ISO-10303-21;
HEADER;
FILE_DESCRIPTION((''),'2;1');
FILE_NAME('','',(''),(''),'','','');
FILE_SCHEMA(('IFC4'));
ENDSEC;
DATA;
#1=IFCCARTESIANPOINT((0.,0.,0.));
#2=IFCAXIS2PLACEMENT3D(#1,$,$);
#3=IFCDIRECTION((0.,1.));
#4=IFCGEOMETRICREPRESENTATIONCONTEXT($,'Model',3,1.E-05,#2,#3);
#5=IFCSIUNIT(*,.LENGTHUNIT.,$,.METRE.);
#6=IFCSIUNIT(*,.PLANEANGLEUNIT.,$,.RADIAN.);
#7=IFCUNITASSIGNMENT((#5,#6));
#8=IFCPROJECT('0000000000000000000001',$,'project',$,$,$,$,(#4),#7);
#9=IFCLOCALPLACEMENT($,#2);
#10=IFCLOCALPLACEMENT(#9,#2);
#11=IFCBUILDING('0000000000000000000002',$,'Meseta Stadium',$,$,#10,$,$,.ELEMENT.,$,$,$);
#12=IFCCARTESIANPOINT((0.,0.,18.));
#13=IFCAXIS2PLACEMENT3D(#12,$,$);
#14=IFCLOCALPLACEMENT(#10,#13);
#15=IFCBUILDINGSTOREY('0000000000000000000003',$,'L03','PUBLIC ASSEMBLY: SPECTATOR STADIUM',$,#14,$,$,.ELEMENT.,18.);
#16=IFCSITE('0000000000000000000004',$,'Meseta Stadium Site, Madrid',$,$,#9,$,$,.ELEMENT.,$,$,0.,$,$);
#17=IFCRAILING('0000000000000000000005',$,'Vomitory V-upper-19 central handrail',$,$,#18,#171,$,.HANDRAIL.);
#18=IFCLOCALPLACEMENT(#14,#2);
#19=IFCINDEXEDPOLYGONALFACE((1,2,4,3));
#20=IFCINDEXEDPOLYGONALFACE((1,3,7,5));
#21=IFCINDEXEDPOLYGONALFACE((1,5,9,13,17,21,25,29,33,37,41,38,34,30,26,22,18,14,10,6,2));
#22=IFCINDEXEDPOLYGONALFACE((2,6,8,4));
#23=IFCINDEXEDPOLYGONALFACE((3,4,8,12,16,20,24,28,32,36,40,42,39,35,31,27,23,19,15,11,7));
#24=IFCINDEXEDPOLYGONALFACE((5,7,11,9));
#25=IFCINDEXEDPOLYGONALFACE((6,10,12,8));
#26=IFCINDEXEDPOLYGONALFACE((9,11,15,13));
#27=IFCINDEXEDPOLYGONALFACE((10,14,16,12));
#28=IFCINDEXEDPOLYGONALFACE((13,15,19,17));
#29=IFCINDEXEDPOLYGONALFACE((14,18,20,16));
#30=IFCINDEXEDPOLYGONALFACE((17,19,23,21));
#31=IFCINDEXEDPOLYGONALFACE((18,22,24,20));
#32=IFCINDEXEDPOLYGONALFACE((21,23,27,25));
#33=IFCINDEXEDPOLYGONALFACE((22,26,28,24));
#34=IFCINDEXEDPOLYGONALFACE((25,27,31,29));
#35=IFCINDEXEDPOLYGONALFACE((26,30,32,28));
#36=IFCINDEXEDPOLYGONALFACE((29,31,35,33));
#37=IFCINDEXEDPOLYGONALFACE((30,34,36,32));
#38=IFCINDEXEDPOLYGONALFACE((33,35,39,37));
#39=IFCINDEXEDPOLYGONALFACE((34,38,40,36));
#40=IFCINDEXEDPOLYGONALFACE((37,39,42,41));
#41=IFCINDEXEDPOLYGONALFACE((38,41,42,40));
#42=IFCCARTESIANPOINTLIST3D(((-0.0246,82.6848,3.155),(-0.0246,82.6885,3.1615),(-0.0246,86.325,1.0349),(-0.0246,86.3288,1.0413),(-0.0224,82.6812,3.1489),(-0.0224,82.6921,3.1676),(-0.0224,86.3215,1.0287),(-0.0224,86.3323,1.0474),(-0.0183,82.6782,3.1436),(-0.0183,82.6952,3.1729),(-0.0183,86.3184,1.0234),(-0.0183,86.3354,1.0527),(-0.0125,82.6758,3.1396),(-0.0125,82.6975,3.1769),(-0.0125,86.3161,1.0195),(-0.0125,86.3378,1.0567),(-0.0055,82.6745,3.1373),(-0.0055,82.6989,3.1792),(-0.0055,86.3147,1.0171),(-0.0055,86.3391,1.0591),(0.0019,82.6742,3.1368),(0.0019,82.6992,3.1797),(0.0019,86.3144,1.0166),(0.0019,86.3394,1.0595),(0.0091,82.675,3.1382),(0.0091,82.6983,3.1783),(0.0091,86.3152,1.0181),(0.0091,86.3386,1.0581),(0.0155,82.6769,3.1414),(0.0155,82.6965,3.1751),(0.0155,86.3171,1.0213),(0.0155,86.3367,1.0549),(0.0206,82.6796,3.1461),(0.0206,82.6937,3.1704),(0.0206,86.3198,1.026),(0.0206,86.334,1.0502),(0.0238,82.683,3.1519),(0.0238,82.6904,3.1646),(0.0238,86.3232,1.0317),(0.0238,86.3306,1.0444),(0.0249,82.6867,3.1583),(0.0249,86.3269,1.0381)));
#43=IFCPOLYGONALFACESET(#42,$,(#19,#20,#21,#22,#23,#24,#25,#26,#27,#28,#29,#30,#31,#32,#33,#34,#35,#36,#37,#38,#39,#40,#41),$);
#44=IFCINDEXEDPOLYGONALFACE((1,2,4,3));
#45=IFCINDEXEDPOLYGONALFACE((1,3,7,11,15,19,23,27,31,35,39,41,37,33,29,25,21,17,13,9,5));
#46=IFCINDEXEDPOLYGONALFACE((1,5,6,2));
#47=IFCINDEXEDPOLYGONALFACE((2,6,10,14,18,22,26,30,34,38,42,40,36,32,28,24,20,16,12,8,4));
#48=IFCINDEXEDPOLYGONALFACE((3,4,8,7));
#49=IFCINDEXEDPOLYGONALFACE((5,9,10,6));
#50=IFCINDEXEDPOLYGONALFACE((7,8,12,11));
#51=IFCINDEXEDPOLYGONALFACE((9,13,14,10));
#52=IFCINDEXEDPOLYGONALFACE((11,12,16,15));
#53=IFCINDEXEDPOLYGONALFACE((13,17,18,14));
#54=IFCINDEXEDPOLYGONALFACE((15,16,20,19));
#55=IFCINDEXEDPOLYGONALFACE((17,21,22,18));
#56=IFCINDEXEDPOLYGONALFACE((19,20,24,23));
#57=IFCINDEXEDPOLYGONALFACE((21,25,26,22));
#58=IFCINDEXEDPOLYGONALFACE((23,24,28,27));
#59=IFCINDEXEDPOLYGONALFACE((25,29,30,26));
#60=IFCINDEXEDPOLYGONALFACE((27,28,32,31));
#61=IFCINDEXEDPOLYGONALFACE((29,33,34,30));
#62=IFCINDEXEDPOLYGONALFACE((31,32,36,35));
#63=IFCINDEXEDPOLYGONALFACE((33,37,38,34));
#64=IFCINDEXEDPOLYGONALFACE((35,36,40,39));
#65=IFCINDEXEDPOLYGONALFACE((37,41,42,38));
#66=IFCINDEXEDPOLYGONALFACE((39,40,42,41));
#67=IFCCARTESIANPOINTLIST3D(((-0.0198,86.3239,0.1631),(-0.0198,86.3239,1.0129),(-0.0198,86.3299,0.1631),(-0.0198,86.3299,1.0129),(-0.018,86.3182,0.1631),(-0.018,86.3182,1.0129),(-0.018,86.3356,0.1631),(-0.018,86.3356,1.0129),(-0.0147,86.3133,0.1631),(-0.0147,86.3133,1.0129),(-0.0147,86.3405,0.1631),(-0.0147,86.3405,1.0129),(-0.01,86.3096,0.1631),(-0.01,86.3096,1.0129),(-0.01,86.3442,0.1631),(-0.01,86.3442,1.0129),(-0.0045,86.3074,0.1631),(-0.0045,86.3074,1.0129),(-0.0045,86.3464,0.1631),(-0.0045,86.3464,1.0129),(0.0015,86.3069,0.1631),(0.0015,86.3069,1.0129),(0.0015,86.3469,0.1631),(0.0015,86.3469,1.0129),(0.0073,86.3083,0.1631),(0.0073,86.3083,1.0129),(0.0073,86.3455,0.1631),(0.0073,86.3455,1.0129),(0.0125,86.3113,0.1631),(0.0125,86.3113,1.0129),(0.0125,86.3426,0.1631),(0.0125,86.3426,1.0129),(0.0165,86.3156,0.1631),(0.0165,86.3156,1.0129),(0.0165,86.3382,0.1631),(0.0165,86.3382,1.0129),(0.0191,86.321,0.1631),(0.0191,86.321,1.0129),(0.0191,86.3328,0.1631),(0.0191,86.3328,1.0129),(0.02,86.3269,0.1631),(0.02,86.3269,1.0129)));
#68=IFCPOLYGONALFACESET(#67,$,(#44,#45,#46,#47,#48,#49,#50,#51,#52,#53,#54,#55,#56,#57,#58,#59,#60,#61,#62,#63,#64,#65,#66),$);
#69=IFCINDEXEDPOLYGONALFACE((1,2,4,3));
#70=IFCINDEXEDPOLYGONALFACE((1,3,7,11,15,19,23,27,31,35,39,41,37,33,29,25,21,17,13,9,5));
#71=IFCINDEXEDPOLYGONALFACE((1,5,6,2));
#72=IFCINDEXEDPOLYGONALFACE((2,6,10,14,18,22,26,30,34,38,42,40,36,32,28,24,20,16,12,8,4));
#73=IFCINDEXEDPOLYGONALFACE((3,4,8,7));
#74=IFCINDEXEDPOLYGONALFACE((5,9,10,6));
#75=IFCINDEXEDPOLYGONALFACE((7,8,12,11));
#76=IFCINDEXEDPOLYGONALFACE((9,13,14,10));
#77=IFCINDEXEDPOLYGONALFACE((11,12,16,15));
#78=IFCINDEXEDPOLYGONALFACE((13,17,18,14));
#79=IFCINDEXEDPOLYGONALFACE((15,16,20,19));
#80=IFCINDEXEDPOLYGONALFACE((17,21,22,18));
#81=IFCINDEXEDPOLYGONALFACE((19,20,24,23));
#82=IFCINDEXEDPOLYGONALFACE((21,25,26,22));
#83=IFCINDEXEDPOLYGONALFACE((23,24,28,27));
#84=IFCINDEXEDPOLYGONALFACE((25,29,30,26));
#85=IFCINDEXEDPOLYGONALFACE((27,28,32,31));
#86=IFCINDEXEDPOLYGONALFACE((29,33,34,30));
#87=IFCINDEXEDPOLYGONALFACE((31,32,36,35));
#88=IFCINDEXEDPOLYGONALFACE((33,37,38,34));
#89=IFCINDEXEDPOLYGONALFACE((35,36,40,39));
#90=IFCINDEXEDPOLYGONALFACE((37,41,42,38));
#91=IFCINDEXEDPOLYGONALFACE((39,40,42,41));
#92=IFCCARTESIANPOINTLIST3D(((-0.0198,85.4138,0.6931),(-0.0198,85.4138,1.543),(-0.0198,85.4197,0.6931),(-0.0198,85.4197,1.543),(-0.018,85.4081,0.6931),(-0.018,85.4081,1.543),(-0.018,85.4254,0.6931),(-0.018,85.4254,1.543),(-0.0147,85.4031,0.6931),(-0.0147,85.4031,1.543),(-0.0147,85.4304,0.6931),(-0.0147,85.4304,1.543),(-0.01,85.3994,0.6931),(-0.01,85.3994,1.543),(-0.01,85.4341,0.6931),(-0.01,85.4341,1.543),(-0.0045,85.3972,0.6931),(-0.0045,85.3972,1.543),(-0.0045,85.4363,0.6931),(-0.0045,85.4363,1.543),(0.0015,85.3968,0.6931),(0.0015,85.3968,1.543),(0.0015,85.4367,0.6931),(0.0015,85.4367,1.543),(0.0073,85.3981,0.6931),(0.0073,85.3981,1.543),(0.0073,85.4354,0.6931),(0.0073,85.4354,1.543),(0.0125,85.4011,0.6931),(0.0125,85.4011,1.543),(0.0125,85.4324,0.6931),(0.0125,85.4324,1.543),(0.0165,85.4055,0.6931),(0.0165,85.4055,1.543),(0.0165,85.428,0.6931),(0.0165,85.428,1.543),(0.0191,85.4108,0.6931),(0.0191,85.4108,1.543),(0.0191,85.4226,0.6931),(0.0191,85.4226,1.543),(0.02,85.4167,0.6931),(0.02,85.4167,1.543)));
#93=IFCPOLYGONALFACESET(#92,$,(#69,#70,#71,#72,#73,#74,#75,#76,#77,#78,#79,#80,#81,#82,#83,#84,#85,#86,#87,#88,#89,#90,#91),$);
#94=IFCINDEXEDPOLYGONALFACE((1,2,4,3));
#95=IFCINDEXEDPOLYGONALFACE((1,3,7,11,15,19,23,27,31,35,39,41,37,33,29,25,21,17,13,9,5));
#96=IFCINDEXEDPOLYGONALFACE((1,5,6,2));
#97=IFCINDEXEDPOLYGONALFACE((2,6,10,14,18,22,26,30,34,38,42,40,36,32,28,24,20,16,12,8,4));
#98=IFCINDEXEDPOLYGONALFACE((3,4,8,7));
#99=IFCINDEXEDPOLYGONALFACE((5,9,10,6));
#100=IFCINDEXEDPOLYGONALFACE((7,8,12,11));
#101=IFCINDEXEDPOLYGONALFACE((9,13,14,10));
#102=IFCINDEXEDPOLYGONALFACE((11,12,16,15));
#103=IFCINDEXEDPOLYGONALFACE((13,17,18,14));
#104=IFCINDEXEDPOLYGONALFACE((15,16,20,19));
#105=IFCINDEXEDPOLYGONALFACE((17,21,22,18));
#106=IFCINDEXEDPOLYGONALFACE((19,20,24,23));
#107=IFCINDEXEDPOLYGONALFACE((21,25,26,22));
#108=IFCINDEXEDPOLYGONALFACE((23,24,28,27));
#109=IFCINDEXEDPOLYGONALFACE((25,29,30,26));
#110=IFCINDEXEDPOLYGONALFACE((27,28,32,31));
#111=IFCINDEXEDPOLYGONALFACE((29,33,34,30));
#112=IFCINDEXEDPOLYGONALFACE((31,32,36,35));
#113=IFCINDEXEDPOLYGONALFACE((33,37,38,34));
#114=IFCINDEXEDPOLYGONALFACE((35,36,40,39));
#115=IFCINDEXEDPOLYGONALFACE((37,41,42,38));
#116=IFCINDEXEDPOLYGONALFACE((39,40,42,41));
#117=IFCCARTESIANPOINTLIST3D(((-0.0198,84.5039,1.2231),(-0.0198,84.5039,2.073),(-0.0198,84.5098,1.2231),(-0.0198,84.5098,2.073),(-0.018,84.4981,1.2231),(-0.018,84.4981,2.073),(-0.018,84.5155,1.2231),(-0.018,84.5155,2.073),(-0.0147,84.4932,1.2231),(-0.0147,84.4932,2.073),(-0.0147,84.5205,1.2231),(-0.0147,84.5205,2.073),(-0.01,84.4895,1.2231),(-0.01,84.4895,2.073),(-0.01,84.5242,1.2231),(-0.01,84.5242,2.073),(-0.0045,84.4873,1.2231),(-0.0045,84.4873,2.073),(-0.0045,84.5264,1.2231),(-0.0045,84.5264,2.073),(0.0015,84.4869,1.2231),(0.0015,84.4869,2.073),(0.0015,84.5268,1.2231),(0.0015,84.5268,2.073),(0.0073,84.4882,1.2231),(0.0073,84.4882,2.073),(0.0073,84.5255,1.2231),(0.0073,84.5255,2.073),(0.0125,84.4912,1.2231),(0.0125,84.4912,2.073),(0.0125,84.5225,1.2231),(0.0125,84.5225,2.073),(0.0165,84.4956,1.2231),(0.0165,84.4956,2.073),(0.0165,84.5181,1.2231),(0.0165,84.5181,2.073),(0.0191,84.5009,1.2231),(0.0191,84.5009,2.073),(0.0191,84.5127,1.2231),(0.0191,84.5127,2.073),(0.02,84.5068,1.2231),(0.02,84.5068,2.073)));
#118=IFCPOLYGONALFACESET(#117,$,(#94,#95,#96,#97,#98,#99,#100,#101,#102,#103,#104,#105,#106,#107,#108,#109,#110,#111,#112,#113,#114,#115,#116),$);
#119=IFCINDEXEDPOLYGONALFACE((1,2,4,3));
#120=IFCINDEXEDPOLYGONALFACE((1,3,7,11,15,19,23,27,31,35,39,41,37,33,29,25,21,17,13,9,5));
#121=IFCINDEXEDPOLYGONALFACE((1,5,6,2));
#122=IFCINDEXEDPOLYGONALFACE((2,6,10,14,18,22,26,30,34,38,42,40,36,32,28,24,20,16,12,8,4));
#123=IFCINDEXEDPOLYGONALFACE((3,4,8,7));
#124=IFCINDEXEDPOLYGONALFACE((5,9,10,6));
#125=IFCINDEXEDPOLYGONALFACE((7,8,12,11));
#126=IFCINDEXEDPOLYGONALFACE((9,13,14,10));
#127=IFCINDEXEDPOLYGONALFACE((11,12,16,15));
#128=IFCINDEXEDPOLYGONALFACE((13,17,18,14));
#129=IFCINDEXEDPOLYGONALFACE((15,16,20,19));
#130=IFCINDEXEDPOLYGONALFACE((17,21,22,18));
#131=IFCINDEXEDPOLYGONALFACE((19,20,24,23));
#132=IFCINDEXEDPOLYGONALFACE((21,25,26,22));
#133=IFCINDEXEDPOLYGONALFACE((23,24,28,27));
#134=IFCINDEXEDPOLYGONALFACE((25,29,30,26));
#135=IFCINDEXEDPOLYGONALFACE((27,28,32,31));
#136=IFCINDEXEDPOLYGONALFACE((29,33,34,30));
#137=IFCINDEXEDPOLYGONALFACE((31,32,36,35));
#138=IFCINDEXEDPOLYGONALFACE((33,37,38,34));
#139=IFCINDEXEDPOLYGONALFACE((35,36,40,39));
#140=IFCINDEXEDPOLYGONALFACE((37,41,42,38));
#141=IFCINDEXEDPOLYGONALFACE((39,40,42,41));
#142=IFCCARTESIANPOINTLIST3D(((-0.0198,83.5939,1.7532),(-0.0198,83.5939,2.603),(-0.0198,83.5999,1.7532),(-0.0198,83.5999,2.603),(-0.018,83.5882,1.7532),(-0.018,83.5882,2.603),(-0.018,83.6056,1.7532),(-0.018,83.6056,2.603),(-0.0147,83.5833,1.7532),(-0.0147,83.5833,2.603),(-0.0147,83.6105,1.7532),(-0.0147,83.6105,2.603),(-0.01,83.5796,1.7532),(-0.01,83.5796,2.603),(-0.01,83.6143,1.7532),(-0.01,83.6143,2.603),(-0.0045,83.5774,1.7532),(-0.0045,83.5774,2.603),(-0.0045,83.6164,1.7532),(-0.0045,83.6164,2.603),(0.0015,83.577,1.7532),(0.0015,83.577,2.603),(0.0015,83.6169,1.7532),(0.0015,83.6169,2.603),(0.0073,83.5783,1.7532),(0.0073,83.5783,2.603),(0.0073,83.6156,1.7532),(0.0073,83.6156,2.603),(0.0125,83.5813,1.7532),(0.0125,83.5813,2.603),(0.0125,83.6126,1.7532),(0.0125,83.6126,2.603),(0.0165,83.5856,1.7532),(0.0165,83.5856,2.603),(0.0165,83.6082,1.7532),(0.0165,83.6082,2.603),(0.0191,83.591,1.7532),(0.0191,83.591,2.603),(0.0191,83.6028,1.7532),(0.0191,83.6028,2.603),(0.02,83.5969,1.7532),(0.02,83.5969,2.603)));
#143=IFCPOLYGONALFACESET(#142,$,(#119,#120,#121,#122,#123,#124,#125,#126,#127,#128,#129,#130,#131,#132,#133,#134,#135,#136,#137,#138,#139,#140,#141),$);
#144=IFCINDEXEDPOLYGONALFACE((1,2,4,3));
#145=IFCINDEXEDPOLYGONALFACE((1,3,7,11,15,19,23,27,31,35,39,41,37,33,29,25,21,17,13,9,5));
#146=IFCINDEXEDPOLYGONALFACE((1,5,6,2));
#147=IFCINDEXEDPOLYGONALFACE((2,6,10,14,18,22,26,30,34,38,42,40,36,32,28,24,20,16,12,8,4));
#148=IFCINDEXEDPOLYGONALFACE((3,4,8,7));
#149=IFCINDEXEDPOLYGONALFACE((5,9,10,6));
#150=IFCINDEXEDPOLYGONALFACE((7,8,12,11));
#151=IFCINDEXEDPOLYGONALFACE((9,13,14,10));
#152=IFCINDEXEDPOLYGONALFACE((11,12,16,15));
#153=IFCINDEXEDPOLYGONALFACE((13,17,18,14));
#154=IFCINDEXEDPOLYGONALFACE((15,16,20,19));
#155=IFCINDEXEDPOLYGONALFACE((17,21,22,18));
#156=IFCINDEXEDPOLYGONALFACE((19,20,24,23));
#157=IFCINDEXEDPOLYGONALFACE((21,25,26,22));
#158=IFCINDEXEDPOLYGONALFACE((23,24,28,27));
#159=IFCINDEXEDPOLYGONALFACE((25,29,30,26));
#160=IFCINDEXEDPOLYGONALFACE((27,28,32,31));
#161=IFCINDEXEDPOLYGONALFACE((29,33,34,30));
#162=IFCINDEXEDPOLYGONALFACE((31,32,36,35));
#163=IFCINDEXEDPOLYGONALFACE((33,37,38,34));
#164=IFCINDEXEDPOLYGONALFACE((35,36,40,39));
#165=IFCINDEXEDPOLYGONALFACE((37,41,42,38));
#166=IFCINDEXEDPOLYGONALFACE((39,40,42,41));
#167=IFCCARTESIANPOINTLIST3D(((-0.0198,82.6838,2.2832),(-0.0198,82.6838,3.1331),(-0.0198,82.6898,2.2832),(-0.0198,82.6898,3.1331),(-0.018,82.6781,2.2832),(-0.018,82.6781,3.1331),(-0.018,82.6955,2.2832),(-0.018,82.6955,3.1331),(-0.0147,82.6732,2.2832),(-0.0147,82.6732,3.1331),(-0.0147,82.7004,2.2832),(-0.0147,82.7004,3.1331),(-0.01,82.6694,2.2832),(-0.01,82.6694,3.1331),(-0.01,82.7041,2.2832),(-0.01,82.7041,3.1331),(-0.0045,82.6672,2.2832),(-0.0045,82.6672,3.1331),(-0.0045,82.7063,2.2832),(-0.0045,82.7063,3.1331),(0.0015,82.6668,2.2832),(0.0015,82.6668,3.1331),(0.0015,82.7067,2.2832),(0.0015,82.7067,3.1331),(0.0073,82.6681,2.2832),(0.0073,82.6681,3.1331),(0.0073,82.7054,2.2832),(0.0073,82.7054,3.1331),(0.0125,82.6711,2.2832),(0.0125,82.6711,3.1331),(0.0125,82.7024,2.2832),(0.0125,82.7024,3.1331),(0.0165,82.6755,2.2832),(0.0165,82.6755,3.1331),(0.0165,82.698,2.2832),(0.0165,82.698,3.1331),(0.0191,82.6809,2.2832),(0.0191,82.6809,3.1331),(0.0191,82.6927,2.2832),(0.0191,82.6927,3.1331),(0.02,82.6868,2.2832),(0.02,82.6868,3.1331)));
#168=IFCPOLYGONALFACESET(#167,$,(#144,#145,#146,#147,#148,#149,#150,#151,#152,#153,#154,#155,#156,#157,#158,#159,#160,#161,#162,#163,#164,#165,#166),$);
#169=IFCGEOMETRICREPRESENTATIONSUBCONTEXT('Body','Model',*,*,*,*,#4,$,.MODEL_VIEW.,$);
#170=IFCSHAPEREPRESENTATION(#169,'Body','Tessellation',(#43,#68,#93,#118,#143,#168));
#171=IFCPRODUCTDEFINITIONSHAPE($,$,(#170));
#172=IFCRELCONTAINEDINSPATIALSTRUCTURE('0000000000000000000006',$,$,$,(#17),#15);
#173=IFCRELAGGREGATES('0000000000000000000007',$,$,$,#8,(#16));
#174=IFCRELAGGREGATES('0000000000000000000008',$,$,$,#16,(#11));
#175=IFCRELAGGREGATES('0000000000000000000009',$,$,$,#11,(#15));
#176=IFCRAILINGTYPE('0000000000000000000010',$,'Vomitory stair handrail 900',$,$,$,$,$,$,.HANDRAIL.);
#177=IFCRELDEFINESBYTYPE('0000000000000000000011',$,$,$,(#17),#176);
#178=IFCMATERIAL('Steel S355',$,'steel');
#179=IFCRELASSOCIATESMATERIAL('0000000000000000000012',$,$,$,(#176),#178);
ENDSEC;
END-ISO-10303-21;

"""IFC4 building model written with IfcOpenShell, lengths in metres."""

from ifc_helpers import new_model, si_unit, direction, frame, origin, origin_2d, place, context, subcontext, project, spatial, circle, extrude, material, type_object, element, save


model = new_model("IFC4")

# Units and contexts
model_context = context("Model", 3, precision=1e-05, world=origin(), true_north=direction((0.0, 1.0)))
body_context = subcontext(model_context, "Body", "Model", "MODEL_VIEW")
ifc_project = project(units=[si_unit("LENGTHUNIT", "METRE"), si_unit("PLANEANGLEUNIT", "RADIAN")], contexts=[model_context])

# Site, building, storey
site_placement = place(None, origin())
site = spatial("IfcSite", under=ifc_project, at=site_placement, Name="Meseta Stadium Site, Madrid", CompositionType="ELEMENT", RefElevation=0.0)
building_placement = place(site_placement, origin())
building = spatial("IfcBuilding", under=site, at=building_placement, Name="Meseta Stadium", CompositionType="ELEMENT")
storey_placement = place(building_placement, frame((0.0, 0.0, 18.0)))
storey = spatial("IfcBuildingStorey", under=building, at=storey_placement, Name="L03", Description="PUBLIC ASSEMBLY: SPECTATOR STADIUM", CompositionType="ELEMENT", Elevation=18.0)

# Railing
ifc_material_1 = material(Name="Steel S355", Category="steel")
railing_type_1 = type_object("IfcRailingType", Name="Vomitory stair handrail 900", PredefinedType="HANDRAIL", material=ifc_material_1)
railing_1_placement = place(storey_placement, frame((0.0, 86.3269, 0.1631)))
element("IfcRailing", 1, at=railing_1_placement, inside=storey, type_object=railing_type_1, Name="Vomitory V-upper-19 central handrail", PredefinedType="HANDRAIL", context=body_context, shape_type="SweptSolid", body=[
    extrude(circle(Radius=0.0249, at=origin_2d()), frame((0.0, 0.0, 0.875), z_axis=(0.0, -0.864119, 0.503287), x_axis=(1.0, 0.0, 0.0)), (0.0, 0.0, 1.0), 4.2126),
    extrude(circle(Radius=0.02, at=origin_2d()), origin(), (0.0, 0.0, 1.0), 0.8499),
    extrude(circle(Radius=0.02, at=origin_2d()), frame((0.0, -0.9102, 0.53)), (0.0, 0.0, 1.0), 0.8499),
    extrude(circle(Radius=0.02, at=origin_2d()), frame((0.0, -1.8201, 1.0601)), (0.0, 0.0, 1.0), 0.8499),
    extrude(circle(Radius=0.02, at=origin_2d()), frame((0.0, -2.73, 1.5901)), (0.0, 0.0, 1.0), 0.8499),
    extrude(circle(Radius=0.02, at=origin_2d()), frame((0.0, -3.6401, 2.1201)), (0.0, 0.0, 1.0), 0.8499),
])

save(model, "model.ifc")
